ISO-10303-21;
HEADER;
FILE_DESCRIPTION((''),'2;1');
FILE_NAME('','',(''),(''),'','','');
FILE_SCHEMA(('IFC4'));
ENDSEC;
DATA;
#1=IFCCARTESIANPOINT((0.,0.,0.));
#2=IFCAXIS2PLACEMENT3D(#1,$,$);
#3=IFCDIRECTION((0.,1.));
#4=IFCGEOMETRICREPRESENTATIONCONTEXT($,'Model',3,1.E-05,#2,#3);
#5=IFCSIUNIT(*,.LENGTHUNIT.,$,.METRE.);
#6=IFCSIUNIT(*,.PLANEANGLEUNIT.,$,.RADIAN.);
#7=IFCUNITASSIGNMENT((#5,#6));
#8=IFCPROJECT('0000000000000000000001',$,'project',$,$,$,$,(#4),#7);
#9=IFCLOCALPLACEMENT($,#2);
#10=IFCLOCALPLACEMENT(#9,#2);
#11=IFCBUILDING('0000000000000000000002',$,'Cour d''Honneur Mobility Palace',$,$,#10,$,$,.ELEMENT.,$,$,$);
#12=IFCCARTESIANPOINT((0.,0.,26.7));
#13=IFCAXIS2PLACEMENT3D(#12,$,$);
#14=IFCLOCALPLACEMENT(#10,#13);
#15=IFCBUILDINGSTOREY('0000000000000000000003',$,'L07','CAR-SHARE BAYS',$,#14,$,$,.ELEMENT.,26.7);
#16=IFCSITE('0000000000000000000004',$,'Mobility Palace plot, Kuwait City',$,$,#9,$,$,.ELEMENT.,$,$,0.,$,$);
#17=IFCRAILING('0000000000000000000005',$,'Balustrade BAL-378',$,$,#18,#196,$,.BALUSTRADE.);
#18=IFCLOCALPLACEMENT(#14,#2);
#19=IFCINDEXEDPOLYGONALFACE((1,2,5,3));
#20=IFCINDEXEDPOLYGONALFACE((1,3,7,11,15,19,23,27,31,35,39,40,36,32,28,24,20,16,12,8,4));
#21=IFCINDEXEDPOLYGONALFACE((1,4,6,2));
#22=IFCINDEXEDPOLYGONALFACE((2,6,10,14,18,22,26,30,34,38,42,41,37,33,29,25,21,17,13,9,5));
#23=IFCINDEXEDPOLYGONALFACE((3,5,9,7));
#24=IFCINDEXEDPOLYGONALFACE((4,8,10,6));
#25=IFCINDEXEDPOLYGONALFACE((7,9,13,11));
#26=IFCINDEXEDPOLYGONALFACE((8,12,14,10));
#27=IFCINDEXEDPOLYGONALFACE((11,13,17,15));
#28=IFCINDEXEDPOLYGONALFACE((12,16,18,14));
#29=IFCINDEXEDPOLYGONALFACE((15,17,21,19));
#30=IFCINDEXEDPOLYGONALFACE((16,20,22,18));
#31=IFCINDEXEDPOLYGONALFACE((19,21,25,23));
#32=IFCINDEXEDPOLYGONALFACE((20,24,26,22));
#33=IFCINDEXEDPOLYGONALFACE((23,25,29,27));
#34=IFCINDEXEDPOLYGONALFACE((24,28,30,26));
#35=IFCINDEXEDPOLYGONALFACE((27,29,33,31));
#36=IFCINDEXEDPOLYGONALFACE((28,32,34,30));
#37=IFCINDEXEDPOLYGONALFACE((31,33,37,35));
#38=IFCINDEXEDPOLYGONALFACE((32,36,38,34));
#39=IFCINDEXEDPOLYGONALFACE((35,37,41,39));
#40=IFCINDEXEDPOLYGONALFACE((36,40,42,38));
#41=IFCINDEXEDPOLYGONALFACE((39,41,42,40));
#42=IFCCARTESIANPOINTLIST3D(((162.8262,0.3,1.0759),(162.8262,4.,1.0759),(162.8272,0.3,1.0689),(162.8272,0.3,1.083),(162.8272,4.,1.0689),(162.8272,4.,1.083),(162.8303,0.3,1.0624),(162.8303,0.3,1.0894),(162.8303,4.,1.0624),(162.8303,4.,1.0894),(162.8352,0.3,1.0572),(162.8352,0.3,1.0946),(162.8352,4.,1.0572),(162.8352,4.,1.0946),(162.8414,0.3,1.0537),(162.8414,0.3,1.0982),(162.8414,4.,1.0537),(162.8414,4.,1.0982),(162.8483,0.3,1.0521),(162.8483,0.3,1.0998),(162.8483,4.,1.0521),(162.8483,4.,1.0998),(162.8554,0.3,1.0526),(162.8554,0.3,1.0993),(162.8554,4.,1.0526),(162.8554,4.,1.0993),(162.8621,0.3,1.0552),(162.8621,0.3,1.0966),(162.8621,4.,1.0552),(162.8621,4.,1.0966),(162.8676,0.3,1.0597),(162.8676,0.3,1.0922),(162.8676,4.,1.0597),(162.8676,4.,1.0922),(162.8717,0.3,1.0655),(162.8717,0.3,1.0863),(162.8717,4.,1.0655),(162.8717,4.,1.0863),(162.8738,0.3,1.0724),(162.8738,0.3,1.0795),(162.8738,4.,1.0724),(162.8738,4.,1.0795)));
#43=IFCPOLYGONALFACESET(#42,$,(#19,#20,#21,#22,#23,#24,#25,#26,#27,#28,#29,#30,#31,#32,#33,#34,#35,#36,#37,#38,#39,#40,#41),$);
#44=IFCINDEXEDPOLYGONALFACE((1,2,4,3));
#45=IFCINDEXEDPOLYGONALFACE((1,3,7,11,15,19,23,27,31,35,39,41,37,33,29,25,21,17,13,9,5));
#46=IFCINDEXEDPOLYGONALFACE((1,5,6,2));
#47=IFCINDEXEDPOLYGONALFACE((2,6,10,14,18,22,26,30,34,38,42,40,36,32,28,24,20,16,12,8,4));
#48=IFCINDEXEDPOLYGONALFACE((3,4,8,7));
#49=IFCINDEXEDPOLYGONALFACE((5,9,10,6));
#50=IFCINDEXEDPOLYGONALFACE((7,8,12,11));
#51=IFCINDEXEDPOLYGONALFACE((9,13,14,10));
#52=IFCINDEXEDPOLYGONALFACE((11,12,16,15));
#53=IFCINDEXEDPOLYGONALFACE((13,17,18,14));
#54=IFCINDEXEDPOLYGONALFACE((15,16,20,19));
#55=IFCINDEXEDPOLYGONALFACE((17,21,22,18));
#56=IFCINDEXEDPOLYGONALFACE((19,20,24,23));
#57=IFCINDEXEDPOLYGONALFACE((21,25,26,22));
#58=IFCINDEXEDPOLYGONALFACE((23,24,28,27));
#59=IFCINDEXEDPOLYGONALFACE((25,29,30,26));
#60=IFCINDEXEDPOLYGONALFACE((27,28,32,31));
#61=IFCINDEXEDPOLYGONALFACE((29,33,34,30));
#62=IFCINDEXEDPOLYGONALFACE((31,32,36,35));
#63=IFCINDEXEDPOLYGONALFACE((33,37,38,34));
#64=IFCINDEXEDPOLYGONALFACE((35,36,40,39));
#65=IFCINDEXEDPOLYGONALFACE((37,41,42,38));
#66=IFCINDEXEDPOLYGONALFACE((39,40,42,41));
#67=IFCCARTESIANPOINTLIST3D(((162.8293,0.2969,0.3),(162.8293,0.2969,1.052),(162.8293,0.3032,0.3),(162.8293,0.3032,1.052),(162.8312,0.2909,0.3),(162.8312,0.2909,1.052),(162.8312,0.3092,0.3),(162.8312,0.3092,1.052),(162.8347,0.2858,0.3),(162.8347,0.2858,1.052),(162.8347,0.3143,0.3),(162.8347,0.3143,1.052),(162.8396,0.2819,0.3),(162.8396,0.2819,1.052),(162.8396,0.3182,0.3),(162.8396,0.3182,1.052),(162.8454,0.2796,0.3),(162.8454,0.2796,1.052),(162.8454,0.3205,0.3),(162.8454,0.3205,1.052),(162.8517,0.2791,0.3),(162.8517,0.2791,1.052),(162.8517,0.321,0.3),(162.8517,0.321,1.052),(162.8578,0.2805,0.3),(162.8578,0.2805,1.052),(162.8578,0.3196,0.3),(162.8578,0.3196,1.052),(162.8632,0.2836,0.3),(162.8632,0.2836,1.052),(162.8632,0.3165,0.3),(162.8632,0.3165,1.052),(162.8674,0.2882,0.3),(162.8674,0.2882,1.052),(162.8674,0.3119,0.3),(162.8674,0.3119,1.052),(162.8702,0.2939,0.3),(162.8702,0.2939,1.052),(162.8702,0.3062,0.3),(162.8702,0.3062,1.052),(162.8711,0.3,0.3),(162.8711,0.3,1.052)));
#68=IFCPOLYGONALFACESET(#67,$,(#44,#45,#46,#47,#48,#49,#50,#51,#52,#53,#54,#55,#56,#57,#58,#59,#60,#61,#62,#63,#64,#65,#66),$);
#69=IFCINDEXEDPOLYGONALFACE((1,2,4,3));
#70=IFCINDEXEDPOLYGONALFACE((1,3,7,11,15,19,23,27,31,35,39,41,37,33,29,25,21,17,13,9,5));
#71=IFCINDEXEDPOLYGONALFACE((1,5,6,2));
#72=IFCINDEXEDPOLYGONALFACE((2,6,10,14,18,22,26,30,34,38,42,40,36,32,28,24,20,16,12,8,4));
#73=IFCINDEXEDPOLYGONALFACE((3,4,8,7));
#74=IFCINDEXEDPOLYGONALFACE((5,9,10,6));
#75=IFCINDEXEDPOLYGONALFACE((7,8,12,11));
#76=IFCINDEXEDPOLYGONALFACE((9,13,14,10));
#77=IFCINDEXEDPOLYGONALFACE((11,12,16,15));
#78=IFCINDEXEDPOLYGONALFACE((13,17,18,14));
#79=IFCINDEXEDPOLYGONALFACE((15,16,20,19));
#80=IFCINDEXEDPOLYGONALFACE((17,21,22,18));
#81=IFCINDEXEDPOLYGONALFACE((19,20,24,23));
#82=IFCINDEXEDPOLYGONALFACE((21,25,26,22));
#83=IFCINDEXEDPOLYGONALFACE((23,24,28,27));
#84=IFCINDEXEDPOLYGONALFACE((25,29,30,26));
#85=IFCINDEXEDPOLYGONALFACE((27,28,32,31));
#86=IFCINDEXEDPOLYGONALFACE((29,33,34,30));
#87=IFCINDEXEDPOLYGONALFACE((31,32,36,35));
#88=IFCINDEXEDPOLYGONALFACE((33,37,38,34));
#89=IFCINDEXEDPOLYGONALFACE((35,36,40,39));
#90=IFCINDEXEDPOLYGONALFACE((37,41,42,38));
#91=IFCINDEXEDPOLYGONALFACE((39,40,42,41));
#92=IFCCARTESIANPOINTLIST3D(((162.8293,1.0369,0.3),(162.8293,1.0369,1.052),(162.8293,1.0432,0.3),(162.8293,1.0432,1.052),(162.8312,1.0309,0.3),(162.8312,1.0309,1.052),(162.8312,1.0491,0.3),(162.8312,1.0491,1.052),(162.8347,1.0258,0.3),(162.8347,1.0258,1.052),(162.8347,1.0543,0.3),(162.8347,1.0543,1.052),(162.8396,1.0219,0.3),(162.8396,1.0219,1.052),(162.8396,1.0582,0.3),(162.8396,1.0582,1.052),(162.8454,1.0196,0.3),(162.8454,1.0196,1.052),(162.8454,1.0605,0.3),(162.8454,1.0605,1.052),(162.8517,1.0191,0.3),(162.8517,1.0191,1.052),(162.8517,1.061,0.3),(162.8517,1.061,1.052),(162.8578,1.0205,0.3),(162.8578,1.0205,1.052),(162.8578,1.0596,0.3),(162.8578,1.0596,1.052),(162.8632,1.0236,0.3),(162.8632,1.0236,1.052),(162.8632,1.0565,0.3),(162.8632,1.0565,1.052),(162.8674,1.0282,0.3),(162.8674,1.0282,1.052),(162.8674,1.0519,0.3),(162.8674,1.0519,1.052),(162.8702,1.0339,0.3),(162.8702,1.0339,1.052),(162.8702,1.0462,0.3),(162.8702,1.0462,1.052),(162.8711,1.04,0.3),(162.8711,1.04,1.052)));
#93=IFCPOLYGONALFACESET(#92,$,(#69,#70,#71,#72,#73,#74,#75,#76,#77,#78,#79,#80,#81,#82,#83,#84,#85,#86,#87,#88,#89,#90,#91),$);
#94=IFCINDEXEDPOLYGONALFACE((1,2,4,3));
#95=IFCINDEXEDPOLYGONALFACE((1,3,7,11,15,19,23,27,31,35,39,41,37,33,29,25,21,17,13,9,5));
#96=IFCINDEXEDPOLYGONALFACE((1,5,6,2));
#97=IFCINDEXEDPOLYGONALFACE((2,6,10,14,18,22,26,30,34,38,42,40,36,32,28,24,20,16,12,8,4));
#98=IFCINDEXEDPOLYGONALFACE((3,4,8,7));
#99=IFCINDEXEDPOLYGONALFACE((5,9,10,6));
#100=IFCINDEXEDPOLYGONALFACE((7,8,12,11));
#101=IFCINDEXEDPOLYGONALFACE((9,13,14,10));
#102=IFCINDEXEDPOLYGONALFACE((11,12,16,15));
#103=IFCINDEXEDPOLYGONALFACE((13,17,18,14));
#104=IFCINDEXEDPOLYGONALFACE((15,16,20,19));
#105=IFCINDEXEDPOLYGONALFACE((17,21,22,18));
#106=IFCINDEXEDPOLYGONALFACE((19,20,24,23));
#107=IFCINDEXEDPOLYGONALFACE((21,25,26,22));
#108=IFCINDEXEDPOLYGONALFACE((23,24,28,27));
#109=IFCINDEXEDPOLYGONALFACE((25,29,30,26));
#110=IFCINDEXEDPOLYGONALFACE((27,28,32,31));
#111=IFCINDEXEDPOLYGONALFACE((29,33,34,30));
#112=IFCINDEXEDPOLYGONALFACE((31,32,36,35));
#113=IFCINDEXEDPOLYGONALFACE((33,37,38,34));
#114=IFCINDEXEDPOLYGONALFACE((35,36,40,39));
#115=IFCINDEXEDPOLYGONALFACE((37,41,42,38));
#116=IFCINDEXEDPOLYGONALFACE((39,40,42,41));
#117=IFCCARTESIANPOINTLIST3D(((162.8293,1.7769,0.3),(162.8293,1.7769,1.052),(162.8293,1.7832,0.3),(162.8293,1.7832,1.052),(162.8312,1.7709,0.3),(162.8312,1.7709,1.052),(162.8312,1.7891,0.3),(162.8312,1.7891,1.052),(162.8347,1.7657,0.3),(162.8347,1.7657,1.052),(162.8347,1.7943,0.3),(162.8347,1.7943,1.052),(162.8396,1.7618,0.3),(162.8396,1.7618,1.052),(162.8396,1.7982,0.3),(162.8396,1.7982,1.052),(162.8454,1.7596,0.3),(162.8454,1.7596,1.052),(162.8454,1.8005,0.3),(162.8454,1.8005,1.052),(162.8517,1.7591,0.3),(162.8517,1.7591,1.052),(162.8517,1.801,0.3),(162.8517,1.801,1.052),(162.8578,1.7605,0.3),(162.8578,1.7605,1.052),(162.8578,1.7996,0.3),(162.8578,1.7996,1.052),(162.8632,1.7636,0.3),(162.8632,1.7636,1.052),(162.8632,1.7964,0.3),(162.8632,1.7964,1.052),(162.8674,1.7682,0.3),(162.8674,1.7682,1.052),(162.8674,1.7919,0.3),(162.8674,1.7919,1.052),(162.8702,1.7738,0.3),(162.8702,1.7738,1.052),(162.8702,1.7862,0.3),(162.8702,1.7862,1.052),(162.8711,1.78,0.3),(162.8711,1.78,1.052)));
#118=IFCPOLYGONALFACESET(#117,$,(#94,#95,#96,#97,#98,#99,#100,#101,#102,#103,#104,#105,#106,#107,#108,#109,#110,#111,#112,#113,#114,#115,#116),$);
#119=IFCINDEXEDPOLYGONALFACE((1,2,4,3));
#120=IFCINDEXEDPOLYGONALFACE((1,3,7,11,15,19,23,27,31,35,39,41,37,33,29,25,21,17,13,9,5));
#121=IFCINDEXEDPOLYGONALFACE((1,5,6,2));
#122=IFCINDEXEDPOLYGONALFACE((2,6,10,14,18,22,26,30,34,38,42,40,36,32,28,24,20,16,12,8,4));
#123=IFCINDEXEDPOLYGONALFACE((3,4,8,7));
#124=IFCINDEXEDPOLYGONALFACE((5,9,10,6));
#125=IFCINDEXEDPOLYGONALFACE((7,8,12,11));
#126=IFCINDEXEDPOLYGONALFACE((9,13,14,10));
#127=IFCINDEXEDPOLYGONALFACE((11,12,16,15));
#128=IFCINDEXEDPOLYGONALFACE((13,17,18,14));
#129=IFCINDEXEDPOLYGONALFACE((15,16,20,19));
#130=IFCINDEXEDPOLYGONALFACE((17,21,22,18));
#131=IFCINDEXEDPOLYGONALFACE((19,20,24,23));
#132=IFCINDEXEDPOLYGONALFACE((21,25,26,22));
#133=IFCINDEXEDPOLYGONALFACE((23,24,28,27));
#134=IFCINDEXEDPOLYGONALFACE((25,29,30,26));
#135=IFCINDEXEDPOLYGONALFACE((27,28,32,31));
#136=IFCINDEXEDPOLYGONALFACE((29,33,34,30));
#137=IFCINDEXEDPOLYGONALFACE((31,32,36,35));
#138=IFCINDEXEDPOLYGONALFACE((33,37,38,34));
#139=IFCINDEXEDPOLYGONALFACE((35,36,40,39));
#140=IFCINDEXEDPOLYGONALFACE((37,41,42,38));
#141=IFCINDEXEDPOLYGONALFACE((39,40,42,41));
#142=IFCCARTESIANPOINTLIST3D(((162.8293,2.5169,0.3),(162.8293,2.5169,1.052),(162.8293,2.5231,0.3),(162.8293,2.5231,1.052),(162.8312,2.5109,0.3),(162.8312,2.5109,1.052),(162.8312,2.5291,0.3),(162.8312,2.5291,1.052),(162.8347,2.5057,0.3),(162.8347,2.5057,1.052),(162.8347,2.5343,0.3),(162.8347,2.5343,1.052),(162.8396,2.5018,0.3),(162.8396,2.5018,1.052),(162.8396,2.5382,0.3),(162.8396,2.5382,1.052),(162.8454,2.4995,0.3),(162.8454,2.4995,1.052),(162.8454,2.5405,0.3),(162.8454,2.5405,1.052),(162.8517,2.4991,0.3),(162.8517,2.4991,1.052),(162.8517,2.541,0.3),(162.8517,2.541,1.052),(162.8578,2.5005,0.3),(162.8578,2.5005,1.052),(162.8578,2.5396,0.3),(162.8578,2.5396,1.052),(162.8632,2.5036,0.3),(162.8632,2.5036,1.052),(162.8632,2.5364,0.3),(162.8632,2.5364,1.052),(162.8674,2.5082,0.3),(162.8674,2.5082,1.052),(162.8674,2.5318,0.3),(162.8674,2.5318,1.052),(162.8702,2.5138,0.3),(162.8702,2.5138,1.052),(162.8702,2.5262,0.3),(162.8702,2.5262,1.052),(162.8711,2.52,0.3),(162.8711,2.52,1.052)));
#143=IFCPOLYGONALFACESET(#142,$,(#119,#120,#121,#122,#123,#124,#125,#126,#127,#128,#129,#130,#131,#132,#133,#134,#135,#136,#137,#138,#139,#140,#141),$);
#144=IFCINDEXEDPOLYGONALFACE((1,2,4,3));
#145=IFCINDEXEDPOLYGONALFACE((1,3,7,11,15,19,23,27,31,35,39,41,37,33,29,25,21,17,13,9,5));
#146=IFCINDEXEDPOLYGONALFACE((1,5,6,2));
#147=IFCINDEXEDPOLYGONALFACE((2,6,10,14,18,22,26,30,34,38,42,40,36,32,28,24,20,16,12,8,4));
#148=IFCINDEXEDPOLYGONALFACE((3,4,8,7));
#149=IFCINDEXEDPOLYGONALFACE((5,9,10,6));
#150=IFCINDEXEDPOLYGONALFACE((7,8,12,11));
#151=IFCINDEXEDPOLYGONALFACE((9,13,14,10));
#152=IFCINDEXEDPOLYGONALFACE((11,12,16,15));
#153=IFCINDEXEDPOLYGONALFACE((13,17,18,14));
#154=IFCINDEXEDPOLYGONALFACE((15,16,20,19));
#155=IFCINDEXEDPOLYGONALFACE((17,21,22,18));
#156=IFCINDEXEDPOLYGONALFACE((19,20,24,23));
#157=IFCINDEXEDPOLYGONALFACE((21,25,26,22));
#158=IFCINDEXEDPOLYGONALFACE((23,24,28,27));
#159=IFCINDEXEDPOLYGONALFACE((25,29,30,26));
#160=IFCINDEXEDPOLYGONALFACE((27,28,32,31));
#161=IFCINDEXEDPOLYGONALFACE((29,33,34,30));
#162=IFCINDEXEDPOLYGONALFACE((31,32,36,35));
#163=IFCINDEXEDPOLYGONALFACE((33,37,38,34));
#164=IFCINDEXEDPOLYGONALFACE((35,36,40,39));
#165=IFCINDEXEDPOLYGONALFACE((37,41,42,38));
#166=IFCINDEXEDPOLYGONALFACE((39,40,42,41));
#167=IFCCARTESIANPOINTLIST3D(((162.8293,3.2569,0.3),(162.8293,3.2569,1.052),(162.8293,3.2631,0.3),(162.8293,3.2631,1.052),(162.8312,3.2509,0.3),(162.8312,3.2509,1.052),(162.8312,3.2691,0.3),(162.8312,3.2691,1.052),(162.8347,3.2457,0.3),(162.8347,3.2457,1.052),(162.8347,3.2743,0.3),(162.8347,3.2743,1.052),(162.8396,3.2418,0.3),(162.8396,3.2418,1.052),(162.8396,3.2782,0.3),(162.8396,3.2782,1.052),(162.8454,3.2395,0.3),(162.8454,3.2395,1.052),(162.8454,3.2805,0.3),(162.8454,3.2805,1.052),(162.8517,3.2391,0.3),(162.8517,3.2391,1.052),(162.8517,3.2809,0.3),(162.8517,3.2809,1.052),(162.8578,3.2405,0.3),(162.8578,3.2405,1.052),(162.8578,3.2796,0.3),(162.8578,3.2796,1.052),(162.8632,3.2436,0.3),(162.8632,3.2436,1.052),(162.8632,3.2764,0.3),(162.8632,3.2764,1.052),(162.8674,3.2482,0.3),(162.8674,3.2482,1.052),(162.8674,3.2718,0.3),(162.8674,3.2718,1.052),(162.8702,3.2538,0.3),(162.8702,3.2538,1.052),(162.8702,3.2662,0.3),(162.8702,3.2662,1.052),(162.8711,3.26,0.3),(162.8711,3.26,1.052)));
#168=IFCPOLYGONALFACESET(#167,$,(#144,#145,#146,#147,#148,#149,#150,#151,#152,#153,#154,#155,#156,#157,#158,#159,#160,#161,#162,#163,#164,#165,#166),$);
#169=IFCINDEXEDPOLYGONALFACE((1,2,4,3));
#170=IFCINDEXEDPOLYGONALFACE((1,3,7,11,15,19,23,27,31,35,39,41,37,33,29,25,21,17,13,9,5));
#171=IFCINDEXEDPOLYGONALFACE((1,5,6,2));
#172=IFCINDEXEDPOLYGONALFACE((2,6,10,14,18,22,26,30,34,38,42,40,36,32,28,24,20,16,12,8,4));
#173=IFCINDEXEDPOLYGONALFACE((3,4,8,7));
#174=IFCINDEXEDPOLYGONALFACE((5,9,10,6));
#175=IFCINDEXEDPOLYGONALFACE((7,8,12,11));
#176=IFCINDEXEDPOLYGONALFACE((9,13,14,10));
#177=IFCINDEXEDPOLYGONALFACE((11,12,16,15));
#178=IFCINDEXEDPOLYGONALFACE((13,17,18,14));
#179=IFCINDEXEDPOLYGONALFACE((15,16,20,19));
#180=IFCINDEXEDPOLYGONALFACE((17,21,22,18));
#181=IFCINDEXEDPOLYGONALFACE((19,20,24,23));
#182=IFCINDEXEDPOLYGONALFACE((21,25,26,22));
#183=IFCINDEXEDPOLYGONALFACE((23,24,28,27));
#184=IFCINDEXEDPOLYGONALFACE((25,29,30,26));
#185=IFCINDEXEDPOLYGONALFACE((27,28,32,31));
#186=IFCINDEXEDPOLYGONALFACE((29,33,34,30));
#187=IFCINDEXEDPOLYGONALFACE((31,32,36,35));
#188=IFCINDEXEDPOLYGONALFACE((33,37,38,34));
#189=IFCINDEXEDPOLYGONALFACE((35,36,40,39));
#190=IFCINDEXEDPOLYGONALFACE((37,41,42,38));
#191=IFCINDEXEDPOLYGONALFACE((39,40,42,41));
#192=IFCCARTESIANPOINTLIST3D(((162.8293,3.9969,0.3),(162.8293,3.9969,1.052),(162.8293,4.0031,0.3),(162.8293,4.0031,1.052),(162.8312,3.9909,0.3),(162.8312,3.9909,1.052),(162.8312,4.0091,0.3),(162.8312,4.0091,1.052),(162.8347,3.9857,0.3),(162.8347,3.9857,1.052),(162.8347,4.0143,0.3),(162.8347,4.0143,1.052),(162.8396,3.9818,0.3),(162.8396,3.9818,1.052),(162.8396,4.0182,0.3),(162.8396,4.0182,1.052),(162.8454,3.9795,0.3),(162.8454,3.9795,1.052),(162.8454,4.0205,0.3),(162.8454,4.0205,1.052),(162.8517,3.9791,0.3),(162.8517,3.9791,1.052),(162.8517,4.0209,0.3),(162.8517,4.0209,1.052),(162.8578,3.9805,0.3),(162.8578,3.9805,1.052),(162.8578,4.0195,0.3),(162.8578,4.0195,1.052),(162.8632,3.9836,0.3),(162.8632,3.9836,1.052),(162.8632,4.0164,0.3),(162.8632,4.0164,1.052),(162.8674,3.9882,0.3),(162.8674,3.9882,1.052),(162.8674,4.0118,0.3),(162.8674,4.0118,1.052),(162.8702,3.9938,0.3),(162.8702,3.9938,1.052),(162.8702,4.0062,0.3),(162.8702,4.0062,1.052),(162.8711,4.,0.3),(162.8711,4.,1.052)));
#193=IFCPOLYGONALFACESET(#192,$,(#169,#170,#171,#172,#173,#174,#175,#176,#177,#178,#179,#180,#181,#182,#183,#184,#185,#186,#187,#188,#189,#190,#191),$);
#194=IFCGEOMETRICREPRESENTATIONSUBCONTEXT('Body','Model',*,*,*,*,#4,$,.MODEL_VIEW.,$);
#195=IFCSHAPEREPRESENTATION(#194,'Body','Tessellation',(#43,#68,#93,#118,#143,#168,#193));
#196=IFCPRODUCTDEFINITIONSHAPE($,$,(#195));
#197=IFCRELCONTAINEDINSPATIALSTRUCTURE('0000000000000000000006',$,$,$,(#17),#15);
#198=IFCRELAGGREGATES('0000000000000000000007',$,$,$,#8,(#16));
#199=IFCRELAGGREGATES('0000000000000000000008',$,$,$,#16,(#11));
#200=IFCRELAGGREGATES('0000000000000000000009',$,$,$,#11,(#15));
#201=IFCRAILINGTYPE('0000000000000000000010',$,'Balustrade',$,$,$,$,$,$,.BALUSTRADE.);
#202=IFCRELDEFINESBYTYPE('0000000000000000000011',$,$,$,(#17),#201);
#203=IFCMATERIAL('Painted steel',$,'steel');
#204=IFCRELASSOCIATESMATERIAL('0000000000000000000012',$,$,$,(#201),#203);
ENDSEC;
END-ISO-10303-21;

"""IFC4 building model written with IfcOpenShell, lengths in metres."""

from ifc_helpers import new_model, si_unit, direction, frame, origin, origin_2d, place, context, subcontext, project, spatial, circle, extrude, material, type_object, element, save


model = new_model("IFC4")

# Units and contexts
model_context = context("Model", 3, precision=1e-05, world=origin(), true_north=direction((0.0, 1.0)))
body_context = subcontext(model_context, "Body", "Model", "MODEL_VIEW")
ifc_project = project(units=[si_unit("LENGTHUNIT", "METRE"), si_unit("PLANEANGLEUNIT", "RADIAN")], contexts=[model_context])

# Site, building, storey
site_placement = place(None, origin())
site = spatial("IfcSite", under=ifc_project, at=site_placement, Name="Mobility Palace plot, Kuwait City", CompositionType="ELEMENT", RefElevation=0.0)
building_placement = place(site_placement, origin())
building = spatial("IfcBuilding", under=site, at=building_placement, Name="Cour d'Honneur Mobility Palace", CompositionType="ELEMENT")
storey_placement = place(building_placement, frame((0.0, 0.0, 26.7)))
storey = spatial("IfcBuildingStorey", under=building, at=storey_placement, Name="L07", Description="CAR-SHARE BAYS", CompositionType="ELEMENT", Elevation=26.7)

# Railing
ifc_material_1 = material(Name="Painted steel", Category="steel")
railing_type_1 = type_object("IfcRailingType", Name="Balustrade", PredefinedType="BALUSTRADE", material=ifc_material_1)
railing_1_placement = place(storey_placement, frame((162.8501, 0.3, 0.3)))
element("IfcRailing", 1, at=railing_1_placement, inside=storey, type_object=railing_type_1, Name="Balustrade BAL-378", PredefinedType="BALUSTRADE", context=body_context, shape_type="SweptSolid", body=[
    extrude(circle(Radius=0.0239, at=origin_2d()), frame((0.0, 0.0, 0.7759), z_axis=(0.0, 1.0, 0.0), x_axis=(-1.0, 0.0, 0.0)), (0.0, 0.0, 1.0), 3.7),
    extrude(circle(Radius=0.021, at=origin_2d()), origin(), (0.0, 0.0, 1.0), 0.752),
    extrude(circle(Radius=0.021, at=origin_2d()), frame((0.0, 0.74, 0.0)), (0.0, 0.0, 1.0), 0.752),
    extrude(circle(Radius=0.021, at=origin_2d()), frame((0.0, 1.48, 0.0)), (0.0, 0.0, 1.0), 0.752),
    extrude(circle(Radius=0.021, at=origin_2d()), frame((0.0, 2.22, 0.0)), (0.0, 0.0, 1.0), 0.752),
    extrude(circle(Radius=0.021, at=origin_2d()), frame((0.0, 2.96, 0.0)), (0.0, 0.0, 1.0), 0.752),
    extrude(circle(Radius=0.021, at=origin_2d()), frame((0.0, 3.7, 0.0)), (0.0, 0.0, 1.0), 0.752),
])

save(model, "model.ifc")
